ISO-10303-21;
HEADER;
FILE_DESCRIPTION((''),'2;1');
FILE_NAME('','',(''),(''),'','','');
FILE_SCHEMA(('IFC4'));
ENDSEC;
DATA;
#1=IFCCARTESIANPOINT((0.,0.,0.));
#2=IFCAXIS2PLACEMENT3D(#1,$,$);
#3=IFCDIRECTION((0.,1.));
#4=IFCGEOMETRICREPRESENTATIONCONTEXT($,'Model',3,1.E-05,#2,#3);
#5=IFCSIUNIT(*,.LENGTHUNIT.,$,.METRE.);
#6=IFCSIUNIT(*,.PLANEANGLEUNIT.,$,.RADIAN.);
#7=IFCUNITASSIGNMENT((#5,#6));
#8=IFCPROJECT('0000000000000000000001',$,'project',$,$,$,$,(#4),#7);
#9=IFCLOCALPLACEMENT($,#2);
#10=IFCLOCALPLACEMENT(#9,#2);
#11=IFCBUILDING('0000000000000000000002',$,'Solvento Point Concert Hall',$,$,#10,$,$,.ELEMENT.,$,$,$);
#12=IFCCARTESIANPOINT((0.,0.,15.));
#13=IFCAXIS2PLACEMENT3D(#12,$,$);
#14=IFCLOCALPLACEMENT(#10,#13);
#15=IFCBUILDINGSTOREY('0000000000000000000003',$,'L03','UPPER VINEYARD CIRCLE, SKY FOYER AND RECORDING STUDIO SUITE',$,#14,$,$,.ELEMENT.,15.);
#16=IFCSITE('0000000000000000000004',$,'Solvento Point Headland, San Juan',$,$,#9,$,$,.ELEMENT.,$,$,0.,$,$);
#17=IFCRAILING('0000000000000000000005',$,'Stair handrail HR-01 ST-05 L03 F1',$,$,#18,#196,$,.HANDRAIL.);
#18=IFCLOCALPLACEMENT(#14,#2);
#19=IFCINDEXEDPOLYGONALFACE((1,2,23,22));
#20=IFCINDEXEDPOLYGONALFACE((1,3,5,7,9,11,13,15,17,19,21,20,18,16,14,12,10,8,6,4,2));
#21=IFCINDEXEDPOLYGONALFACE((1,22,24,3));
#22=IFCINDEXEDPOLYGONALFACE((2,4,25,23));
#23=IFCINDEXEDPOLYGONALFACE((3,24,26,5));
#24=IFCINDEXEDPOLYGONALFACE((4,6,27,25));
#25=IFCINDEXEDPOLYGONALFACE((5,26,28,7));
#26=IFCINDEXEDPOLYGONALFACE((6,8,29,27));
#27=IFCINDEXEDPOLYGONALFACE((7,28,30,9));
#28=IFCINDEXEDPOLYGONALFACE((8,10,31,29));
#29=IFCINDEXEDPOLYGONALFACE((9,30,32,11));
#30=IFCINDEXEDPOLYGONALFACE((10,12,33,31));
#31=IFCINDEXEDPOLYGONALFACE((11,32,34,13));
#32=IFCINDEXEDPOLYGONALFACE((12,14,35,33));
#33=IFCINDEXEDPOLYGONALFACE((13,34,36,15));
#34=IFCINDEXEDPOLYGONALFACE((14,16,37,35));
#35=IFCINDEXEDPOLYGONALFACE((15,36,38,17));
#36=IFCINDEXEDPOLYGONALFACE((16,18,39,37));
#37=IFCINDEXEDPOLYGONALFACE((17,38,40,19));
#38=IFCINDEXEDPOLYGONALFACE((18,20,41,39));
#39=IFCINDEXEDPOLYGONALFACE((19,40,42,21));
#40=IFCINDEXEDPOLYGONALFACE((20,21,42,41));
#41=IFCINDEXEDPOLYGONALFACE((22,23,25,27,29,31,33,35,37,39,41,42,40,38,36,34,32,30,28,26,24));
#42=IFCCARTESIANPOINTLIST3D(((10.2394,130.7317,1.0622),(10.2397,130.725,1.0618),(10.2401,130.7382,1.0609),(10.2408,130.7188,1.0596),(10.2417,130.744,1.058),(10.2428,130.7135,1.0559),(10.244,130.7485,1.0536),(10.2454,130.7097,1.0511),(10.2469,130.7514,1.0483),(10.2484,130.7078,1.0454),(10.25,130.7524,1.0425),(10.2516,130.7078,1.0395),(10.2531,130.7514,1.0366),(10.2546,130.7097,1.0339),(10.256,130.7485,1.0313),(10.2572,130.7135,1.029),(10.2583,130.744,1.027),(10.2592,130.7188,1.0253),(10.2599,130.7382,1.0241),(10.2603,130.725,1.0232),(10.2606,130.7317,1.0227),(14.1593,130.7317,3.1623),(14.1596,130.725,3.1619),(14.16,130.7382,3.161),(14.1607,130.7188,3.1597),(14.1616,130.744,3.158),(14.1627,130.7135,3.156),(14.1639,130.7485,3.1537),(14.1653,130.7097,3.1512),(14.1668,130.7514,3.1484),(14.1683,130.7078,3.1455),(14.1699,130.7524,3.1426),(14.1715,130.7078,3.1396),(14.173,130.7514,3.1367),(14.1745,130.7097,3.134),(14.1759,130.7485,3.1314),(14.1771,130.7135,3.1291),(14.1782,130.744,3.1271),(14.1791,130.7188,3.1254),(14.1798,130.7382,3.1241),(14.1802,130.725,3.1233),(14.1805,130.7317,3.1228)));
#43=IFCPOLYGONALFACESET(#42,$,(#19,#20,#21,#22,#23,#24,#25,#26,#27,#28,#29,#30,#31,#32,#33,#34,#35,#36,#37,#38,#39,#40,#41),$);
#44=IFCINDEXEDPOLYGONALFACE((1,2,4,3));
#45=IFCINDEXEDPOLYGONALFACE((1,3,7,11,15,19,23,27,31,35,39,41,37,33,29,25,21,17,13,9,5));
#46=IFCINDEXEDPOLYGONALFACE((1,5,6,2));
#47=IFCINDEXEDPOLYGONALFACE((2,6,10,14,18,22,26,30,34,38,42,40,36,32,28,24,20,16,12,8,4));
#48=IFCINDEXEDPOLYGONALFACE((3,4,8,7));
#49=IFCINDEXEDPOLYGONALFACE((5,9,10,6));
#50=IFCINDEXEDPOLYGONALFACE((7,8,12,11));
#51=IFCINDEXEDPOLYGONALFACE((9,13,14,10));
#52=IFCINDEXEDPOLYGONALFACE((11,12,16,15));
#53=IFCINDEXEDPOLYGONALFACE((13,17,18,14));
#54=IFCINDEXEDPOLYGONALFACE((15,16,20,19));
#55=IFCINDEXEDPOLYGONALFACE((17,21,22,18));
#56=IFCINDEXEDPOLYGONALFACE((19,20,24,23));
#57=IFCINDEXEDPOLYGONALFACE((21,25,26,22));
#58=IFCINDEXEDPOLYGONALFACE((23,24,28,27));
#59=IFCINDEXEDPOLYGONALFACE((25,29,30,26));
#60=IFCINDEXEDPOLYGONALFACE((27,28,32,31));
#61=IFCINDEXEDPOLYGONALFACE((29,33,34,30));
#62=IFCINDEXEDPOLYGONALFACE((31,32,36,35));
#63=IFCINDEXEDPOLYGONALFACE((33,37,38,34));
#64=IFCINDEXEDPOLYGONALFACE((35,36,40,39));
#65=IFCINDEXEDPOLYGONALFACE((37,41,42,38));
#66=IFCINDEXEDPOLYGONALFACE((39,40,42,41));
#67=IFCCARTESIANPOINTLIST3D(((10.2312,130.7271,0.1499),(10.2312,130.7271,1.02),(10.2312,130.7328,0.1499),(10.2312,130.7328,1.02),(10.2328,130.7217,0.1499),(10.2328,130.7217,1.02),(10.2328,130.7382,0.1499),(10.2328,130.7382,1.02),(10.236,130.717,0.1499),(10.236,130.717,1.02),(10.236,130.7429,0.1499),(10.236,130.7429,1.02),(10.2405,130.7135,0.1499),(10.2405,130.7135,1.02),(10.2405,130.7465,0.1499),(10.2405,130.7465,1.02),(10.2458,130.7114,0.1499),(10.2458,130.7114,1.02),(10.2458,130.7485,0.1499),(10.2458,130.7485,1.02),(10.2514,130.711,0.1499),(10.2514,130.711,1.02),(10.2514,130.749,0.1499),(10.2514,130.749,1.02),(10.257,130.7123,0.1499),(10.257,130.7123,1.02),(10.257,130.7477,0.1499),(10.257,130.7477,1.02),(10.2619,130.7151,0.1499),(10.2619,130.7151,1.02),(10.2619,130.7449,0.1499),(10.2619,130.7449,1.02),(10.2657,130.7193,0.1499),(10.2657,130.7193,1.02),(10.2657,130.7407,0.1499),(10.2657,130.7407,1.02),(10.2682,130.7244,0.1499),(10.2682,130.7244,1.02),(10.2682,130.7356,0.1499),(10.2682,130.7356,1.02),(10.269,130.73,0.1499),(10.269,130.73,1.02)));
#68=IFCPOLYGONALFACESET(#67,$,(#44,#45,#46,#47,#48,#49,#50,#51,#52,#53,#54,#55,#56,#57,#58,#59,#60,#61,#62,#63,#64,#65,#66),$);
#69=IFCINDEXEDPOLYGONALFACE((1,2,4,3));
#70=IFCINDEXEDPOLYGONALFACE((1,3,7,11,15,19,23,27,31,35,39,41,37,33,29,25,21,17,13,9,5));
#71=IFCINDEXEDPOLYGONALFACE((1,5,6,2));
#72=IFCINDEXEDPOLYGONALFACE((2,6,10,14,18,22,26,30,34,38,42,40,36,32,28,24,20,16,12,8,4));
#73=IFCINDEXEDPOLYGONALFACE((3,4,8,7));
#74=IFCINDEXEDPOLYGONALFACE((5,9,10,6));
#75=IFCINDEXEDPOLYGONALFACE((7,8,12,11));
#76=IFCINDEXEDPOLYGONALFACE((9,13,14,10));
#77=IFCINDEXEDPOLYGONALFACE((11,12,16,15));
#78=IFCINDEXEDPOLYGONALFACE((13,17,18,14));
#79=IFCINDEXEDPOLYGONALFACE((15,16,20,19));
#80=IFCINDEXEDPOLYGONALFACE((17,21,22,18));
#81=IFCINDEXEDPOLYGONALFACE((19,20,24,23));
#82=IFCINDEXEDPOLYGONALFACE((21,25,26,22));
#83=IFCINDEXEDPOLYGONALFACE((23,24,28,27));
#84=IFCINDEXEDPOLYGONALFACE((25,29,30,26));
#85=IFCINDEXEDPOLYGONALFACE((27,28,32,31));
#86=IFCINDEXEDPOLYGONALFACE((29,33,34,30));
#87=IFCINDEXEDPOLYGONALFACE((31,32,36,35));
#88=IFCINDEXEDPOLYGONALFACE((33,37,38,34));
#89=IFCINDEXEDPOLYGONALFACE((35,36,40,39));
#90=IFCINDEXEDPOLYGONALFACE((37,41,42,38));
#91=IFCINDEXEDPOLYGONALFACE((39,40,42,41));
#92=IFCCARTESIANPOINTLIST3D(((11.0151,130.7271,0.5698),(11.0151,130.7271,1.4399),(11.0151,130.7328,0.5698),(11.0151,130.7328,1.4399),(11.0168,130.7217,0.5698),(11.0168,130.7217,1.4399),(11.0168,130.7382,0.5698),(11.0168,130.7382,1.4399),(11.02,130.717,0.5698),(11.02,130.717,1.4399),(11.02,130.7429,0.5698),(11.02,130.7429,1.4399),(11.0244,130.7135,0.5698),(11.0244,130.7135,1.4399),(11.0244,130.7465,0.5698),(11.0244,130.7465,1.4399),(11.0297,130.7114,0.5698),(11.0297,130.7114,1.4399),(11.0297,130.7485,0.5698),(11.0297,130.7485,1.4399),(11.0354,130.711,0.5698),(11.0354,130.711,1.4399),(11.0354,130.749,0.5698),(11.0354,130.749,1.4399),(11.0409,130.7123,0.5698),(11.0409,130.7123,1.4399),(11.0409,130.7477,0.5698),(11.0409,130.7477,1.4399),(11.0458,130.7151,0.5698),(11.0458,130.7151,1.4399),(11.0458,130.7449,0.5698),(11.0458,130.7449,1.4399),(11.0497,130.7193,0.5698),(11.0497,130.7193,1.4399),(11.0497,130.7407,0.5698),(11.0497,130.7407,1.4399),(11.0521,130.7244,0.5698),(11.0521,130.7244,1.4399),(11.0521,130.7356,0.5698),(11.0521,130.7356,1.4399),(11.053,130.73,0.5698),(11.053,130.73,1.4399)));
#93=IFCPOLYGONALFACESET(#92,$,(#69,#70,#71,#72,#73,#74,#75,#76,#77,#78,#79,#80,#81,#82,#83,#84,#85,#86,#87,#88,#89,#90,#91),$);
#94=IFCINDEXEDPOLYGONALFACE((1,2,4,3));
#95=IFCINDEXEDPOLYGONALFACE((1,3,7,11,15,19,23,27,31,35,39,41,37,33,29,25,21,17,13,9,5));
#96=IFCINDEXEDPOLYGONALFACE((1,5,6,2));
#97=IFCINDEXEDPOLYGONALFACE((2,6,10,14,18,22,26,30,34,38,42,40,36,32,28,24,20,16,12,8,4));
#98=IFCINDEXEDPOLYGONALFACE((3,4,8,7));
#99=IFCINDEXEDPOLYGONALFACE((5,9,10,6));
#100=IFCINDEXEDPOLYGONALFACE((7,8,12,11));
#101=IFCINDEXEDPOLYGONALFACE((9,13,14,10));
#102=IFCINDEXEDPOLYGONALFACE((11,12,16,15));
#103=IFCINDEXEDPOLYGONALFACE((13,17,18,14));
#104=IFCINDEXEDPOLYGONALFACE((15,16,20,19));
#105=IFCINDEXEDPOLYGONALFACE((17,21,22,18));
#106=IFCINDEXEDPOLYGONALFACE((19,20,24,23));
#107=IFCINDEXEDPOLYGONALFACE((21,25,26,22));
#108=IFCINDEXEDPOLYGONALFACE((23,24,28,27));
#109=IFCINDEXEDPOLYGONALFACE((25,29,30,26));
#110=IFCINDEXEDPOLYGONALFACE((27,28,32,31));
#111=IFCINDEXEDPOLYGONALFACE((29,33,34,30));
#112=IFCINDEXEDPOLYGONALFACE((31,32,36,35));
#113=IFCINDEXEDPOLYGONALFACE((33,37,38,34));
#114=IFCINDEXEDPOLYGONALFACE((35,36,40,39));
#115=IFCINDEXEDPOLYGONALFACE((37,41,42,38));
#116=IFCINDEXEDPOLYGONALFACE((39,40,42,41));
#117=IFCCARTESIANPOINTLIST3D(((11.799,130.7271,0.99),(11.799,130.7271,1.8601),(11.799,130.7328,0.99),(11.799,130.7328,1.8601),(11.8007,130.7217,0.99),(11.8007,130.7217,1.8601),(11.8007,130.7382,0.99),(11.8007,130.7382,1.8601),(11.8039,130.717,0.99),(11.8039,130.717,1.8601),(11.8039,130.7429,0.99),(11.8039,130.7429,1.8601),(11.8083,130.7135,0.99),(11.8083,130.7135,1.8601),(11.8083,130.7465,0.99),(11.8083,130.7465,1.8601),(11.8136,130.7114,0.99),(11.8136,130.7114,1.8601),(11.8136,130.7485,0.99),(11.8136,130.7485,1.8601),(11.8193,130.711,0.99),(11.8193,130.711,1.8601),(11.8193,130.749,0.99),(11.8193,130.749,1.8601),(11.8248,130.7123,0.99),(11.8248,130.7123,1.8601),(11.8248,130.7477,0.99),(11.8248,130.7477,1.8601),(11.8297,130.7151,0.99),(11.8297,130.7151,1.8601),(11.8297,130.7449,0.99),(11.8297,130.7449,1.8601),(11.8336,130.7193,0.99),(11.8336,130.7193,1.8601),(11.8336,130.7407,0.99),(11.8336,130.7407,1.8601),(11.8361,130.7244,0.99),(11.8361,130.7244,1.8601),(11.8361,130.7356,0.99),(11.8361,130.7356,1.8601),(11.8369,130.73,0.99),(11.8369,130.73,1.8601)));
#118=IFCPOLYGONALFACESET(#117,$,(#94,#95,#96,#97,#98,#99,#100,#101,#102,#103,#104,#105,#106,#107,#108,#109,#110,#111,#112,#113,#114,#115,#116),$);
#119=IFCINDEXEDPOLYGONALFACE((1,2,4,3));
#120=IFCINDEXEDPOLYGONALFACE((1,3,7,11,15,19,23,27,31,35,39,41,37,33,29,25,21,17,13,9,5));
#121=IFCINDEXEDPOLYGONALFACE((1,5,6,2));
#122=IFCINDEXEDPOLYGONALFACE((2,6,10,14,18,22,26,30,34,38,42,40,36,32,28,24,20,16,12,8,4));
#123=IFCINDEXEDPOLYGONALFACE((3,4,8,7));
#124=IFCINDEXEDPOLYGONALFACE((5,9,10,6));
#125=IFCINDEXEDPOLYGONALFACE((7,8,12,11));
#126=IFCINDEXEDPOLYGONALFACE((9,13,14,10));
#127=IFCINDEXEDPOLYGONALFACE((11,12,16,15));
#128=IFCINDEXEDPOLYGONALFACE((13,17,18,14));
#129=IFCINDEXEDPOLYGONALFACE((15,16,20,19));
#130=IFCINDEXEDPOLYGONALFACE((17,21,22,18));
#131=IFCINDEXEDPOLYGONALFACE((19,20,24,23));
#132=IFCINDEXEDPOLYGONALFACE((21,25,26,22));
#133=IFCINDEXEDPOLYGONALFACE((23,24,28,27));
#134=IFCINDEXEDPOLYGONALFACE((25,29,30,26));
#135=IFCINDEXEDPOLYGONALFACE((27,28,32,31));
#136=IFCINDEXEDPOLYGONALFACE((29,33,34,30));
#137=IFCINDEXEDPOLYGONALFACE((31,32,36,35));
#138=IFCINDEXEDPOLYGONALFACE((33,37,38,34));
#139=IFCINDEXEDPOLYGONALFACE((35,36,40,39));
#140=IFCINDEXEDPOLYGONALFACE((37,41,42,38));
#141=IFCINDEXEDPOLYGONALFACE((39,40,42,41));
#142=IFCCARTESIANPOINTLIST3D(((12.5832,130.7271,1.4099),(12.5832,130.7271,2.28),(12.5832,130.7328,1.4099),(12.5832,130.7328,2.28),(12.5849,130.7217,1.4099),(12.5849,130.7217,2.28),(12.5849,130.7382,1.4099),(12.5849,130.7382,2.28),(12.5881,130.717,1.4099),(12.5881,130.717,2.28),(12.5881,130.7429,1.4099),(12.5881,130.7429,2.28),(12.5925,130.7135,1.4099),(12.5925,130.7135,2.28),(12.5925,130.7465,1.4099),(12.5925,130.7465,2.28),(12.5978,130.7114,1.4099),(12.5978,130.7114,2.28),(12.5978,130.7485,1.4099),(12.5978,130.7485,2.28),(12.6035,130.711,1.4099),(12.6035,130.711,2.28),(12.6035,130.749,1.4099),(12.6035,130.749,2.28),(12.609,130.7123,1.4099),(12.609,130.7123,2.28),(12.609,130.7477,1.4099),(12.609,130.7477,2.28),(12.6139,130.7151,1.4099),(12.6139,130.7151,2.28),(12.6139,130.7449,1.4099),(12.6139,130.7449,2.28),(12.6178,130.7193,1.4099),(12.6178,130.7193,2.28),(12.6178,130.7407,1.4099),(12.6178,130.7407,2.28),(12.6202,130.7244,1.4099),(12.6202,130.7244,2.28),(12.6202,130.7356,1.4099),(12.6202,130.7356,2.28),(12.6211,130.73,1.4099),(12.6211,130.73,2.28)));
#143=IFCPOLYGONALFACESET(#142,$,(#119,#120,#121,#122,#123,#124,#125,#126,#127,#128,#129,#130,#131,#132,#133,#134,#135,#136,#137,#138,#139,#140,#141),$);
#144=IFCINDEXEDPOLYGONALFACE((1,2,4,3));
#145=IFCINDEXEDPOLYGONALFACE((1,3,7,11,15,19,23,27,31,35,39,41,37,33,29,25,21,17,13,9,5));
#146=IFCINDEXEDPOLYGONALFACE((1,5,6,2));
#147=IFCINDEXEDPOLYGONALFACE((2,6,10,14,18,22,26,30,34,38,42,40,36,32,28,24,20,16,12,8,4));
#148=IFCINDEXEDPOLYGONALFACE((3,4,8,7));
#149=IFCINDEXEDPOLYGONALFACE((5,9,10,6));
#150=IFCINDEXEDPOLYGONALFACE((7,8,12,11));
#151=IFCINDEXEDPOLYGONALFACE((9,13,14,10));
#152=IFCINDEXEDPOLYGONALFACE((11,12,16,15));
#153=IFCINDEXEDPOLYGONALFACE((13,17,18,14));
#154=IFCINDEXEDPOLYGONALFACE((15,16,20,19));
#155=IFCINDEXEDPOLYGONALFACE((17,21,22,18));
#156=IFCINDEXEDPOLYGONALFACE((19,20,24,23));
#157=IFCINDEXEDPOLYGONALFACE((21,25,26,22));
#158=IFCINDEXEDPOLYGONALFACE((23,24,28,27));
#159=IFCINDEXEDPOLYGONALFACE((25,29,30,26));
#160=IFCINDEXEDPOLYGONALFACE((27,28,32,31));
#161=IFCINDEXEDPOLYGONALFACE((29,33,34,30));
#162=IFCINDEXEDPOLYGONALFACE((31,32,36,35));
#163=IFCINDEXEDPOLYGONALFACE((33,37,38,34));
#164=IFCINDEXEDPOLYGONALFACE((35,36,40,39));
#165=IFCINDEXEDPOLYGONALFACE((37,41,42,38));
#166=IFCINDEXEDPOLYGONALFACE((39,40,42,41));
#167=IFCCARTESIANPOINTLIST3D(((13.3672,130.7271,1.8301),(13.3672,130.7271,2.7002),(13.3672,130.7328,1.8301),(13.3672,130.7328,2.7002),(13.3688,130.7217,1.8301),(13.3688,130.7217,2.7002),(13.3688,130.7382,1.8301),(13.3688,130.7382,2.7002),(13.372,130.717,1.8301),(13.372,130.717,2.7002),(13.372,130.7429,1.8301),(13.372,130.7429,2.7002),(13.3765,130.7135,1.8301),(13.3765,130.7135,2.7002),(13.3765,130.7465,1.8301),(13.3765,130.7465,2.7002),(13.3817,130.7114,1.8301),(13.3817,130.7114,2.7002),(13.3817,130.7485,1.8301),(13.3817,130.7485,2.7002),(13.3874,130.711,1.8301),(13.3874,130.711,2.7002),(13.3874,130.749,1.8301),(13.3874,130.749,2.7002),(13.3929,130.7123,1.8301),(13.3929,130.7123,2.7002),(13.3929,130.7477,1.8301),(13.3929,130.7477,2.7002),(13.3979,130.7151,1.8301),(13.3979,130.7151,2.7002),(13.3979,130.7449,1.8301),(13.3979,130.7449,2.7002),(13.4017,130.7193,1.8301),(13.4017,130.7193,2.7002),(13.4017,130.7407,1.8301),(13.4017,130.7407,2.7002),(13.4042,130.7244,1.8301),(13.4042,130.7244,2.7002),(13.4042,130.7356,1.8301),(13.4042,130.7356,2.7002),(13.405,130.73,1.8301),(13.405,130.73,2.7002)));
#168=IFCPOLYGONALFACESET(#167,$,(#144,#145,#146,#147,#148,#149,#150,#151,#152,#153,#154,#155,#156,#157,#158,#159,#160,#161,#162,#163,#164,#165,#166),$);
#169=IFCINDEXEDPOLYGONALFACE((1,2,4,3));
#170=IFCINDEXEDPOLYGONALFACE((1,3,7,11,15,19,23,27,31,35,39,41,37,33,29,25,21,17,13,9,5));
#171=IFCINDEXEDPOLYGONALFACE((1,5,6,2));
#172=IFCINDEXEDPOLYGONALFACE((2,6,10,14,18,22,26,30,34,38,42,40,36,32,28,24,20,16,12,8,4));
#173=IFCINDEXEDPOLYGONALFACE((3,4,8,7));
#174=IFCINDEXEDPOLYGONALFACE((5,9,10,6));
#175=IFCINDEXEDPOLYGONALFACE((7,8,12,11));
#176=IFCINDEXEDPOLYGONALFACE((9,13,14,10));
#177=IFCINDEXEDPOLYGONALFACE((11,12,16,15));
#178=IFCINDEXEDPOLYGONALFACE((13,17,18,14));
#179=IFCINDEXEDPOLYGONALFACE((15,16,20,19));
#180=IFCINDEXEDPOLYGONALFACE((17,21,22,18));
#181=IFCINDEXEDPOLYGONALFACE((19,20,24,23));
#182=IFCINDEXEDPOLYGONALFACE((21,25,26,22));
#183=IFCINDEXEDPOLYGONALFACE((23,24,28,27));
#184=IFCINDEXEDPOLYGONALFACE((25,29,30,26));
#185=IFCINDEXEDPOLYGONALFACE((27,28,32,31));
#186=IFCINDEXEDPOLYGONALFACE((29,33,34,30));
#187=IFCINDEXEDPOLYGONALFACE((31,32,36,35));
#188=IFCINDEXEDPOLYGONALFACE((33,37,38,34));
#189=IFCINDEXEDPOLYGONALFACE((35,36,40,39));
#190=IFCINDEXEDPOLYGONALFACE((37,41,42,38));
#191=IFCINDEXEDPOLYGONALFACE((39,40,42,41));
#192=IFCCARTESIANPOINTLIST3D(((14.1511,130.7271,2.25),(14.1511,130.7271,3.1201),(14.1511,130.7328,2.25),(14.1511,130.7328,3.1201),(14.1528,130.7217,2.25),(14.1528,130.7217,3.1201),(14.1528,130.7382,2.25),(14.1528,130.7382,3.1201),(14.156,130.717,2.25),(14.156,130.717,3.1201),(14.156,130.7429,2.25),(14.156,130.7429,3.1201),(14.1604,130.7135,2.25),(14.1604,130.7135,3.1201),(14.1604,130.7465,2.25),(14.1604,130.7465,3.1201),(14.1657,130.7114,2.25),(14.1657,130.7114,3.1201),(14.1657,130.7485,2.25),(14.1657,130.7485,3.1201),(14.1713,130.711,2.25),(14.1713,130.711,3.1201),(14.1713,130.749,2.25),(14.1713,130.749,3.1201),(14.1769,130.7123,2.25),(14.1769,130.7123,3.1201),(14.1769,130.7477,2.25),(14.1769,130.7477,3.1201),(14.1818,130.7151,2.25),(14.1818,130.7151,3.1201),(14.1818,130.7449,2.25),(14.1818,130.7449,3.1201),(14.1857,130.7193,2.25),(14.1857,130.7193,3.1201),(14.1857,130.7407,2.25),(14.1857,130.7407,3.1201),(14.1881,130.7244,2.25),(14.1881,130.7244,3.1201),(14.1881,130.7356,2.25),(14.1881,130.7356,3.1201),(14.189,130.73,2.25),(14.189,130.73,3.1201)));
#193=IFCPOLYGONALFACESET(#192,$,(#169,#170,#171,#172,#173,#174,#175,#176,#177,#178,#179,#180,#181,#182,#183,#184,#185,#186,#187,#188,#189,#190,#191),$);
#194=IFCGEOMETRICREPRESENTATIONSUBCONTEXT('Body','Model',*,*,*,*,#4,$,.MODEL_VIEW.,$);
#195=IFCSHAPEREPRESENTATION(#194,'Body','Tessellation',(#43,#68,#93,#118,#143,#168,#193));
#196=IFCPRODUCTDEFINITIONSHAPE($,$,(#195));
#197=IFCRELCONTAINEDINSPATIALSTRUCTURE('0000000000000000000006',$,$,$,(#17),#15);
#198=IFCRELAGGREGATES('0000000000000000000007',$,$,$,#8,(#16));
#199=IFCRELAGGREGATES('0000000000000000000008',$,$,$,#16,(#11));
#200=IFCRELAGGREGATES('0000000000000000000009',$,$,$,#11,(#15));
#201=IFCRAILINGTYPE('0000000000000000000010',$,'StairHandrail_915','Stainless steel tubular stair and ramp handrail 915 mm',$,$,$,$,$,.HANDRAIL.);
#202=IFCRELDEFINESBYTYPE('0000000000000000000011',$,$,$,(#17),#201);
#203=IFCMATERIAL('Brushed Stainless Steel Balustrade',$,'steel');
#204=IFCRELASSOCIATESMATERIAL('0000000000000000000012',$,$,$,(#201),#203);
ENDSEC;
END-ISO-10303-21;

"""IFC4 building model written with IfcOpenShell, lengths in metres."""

from ifc_helpers import new_model, si_unit, direction, frame, origin, origin_2d, place, context, subcontext, project, spatial, circle, extrude, material, type_object, element, save


model = new_model("IFC4")

# Units and contexts
model_context = context("Model", 3, precision=1e-05, world=origin(), true_north=direction((0.0, 1.0)))
body_context = subcontext(model_context, "Body", "Model", "MODEL_VIEW")
ifc_project = project(units=[si_unit("LENGTHUNIT", "METRE"), si_unit("PLANEANGLEUNIT", "RADIAN")], contexts=[model_context])

# Site, building, storey
site_placement = place(None, origin())
site = spatial("IfcSite", under=ifc_project, at=site_placement, Name="Solvento Point Headland, San Juan", CompositionType="ELEMENT", RefElevation=0.0)
building_placement = place(site_placement, origin())
building = spatial("IfcBuilding", under=site, at=building_placement, Name="Solvento Point Concert Hall", CompositionType="ELEMENT")
storey_placement = place(building_placement, frame((0.0, 0.0, 15.0)))
storey = spatial("IfcBuildingStorey", under=building, at=storey_placement, Name="L03", Description="UPPER VINEYARD CIRCLE, SKY FOYER AND RECORDING STUDIO SUITE", CompositionType="ELEMENT", Elevation=15.0)

# Railing
ifc_material_1 = material(Name="Brushed Stainless Steel Balustrade", Category="steel")
railing_type_1 = type_object("IfcRailingType", Name="StairHandrail_915", Description="Stainless steel tubular stair and ramp handrail 915 mm", PredefinedType="HANDRAIL", material=ifc_material_1)
railing_1_placement = place(storey_placement, frame((10.25, 130.73, 0.1499)))
element("IfcRailing", 1, at=railing_1_placement, inside=storey, type_object=railing_type_1, Name="Stair handrail HR-01 ST-05 L03 F1", PredefinedType="HANDRAIL", context=body_context, shape_type="SweptSolid", body=[
    extrude(circle(Radius=0.0225, at=origin_2d()), frame((0.0, 0.0, 0.8926), z_axis=(0.881467, 0.0, 0.472246), x_axis=(0.0, 1.0, 0.0)), (0.0, 0.0, 1.0), 4.447),
    extrude(circle(Radius=0.019, at=origin_2d()), origin(), (0.0, 0.0, 1.0), 0.8701),
    extrude(circle(Radius=0.019, at=origin_2d()), frame((0.7839, 0.0, 0.4199)), (0.0, 0.0, 1.0), 0.8701),
    extrude(circle(Radius=0.019, at=origin_2d()), frame((1.5679, 0.0, 0.8401)), (0.0, 0.0, 1.0), 0.8701),
    extrude(circle(Radius=0.019, at=origin_2d()), frame((2.3521, 0.0, 1.26)), (0.0, 0.0, 1.0), 0.8701),
    extrude(circle(Radius=0.019, at=origin_2d()), frame((3.136, 0.0, 1.6802)), (0.0, 0.0, 1.0), 0.8701),
    extrude(circle(Radius=0.019, at=origin_2d()), frame((3.9199, 0.0, 2.1001)), (0.0, 0.0, 1.0), 0.8701),
])

save(model, "model.ifc")
